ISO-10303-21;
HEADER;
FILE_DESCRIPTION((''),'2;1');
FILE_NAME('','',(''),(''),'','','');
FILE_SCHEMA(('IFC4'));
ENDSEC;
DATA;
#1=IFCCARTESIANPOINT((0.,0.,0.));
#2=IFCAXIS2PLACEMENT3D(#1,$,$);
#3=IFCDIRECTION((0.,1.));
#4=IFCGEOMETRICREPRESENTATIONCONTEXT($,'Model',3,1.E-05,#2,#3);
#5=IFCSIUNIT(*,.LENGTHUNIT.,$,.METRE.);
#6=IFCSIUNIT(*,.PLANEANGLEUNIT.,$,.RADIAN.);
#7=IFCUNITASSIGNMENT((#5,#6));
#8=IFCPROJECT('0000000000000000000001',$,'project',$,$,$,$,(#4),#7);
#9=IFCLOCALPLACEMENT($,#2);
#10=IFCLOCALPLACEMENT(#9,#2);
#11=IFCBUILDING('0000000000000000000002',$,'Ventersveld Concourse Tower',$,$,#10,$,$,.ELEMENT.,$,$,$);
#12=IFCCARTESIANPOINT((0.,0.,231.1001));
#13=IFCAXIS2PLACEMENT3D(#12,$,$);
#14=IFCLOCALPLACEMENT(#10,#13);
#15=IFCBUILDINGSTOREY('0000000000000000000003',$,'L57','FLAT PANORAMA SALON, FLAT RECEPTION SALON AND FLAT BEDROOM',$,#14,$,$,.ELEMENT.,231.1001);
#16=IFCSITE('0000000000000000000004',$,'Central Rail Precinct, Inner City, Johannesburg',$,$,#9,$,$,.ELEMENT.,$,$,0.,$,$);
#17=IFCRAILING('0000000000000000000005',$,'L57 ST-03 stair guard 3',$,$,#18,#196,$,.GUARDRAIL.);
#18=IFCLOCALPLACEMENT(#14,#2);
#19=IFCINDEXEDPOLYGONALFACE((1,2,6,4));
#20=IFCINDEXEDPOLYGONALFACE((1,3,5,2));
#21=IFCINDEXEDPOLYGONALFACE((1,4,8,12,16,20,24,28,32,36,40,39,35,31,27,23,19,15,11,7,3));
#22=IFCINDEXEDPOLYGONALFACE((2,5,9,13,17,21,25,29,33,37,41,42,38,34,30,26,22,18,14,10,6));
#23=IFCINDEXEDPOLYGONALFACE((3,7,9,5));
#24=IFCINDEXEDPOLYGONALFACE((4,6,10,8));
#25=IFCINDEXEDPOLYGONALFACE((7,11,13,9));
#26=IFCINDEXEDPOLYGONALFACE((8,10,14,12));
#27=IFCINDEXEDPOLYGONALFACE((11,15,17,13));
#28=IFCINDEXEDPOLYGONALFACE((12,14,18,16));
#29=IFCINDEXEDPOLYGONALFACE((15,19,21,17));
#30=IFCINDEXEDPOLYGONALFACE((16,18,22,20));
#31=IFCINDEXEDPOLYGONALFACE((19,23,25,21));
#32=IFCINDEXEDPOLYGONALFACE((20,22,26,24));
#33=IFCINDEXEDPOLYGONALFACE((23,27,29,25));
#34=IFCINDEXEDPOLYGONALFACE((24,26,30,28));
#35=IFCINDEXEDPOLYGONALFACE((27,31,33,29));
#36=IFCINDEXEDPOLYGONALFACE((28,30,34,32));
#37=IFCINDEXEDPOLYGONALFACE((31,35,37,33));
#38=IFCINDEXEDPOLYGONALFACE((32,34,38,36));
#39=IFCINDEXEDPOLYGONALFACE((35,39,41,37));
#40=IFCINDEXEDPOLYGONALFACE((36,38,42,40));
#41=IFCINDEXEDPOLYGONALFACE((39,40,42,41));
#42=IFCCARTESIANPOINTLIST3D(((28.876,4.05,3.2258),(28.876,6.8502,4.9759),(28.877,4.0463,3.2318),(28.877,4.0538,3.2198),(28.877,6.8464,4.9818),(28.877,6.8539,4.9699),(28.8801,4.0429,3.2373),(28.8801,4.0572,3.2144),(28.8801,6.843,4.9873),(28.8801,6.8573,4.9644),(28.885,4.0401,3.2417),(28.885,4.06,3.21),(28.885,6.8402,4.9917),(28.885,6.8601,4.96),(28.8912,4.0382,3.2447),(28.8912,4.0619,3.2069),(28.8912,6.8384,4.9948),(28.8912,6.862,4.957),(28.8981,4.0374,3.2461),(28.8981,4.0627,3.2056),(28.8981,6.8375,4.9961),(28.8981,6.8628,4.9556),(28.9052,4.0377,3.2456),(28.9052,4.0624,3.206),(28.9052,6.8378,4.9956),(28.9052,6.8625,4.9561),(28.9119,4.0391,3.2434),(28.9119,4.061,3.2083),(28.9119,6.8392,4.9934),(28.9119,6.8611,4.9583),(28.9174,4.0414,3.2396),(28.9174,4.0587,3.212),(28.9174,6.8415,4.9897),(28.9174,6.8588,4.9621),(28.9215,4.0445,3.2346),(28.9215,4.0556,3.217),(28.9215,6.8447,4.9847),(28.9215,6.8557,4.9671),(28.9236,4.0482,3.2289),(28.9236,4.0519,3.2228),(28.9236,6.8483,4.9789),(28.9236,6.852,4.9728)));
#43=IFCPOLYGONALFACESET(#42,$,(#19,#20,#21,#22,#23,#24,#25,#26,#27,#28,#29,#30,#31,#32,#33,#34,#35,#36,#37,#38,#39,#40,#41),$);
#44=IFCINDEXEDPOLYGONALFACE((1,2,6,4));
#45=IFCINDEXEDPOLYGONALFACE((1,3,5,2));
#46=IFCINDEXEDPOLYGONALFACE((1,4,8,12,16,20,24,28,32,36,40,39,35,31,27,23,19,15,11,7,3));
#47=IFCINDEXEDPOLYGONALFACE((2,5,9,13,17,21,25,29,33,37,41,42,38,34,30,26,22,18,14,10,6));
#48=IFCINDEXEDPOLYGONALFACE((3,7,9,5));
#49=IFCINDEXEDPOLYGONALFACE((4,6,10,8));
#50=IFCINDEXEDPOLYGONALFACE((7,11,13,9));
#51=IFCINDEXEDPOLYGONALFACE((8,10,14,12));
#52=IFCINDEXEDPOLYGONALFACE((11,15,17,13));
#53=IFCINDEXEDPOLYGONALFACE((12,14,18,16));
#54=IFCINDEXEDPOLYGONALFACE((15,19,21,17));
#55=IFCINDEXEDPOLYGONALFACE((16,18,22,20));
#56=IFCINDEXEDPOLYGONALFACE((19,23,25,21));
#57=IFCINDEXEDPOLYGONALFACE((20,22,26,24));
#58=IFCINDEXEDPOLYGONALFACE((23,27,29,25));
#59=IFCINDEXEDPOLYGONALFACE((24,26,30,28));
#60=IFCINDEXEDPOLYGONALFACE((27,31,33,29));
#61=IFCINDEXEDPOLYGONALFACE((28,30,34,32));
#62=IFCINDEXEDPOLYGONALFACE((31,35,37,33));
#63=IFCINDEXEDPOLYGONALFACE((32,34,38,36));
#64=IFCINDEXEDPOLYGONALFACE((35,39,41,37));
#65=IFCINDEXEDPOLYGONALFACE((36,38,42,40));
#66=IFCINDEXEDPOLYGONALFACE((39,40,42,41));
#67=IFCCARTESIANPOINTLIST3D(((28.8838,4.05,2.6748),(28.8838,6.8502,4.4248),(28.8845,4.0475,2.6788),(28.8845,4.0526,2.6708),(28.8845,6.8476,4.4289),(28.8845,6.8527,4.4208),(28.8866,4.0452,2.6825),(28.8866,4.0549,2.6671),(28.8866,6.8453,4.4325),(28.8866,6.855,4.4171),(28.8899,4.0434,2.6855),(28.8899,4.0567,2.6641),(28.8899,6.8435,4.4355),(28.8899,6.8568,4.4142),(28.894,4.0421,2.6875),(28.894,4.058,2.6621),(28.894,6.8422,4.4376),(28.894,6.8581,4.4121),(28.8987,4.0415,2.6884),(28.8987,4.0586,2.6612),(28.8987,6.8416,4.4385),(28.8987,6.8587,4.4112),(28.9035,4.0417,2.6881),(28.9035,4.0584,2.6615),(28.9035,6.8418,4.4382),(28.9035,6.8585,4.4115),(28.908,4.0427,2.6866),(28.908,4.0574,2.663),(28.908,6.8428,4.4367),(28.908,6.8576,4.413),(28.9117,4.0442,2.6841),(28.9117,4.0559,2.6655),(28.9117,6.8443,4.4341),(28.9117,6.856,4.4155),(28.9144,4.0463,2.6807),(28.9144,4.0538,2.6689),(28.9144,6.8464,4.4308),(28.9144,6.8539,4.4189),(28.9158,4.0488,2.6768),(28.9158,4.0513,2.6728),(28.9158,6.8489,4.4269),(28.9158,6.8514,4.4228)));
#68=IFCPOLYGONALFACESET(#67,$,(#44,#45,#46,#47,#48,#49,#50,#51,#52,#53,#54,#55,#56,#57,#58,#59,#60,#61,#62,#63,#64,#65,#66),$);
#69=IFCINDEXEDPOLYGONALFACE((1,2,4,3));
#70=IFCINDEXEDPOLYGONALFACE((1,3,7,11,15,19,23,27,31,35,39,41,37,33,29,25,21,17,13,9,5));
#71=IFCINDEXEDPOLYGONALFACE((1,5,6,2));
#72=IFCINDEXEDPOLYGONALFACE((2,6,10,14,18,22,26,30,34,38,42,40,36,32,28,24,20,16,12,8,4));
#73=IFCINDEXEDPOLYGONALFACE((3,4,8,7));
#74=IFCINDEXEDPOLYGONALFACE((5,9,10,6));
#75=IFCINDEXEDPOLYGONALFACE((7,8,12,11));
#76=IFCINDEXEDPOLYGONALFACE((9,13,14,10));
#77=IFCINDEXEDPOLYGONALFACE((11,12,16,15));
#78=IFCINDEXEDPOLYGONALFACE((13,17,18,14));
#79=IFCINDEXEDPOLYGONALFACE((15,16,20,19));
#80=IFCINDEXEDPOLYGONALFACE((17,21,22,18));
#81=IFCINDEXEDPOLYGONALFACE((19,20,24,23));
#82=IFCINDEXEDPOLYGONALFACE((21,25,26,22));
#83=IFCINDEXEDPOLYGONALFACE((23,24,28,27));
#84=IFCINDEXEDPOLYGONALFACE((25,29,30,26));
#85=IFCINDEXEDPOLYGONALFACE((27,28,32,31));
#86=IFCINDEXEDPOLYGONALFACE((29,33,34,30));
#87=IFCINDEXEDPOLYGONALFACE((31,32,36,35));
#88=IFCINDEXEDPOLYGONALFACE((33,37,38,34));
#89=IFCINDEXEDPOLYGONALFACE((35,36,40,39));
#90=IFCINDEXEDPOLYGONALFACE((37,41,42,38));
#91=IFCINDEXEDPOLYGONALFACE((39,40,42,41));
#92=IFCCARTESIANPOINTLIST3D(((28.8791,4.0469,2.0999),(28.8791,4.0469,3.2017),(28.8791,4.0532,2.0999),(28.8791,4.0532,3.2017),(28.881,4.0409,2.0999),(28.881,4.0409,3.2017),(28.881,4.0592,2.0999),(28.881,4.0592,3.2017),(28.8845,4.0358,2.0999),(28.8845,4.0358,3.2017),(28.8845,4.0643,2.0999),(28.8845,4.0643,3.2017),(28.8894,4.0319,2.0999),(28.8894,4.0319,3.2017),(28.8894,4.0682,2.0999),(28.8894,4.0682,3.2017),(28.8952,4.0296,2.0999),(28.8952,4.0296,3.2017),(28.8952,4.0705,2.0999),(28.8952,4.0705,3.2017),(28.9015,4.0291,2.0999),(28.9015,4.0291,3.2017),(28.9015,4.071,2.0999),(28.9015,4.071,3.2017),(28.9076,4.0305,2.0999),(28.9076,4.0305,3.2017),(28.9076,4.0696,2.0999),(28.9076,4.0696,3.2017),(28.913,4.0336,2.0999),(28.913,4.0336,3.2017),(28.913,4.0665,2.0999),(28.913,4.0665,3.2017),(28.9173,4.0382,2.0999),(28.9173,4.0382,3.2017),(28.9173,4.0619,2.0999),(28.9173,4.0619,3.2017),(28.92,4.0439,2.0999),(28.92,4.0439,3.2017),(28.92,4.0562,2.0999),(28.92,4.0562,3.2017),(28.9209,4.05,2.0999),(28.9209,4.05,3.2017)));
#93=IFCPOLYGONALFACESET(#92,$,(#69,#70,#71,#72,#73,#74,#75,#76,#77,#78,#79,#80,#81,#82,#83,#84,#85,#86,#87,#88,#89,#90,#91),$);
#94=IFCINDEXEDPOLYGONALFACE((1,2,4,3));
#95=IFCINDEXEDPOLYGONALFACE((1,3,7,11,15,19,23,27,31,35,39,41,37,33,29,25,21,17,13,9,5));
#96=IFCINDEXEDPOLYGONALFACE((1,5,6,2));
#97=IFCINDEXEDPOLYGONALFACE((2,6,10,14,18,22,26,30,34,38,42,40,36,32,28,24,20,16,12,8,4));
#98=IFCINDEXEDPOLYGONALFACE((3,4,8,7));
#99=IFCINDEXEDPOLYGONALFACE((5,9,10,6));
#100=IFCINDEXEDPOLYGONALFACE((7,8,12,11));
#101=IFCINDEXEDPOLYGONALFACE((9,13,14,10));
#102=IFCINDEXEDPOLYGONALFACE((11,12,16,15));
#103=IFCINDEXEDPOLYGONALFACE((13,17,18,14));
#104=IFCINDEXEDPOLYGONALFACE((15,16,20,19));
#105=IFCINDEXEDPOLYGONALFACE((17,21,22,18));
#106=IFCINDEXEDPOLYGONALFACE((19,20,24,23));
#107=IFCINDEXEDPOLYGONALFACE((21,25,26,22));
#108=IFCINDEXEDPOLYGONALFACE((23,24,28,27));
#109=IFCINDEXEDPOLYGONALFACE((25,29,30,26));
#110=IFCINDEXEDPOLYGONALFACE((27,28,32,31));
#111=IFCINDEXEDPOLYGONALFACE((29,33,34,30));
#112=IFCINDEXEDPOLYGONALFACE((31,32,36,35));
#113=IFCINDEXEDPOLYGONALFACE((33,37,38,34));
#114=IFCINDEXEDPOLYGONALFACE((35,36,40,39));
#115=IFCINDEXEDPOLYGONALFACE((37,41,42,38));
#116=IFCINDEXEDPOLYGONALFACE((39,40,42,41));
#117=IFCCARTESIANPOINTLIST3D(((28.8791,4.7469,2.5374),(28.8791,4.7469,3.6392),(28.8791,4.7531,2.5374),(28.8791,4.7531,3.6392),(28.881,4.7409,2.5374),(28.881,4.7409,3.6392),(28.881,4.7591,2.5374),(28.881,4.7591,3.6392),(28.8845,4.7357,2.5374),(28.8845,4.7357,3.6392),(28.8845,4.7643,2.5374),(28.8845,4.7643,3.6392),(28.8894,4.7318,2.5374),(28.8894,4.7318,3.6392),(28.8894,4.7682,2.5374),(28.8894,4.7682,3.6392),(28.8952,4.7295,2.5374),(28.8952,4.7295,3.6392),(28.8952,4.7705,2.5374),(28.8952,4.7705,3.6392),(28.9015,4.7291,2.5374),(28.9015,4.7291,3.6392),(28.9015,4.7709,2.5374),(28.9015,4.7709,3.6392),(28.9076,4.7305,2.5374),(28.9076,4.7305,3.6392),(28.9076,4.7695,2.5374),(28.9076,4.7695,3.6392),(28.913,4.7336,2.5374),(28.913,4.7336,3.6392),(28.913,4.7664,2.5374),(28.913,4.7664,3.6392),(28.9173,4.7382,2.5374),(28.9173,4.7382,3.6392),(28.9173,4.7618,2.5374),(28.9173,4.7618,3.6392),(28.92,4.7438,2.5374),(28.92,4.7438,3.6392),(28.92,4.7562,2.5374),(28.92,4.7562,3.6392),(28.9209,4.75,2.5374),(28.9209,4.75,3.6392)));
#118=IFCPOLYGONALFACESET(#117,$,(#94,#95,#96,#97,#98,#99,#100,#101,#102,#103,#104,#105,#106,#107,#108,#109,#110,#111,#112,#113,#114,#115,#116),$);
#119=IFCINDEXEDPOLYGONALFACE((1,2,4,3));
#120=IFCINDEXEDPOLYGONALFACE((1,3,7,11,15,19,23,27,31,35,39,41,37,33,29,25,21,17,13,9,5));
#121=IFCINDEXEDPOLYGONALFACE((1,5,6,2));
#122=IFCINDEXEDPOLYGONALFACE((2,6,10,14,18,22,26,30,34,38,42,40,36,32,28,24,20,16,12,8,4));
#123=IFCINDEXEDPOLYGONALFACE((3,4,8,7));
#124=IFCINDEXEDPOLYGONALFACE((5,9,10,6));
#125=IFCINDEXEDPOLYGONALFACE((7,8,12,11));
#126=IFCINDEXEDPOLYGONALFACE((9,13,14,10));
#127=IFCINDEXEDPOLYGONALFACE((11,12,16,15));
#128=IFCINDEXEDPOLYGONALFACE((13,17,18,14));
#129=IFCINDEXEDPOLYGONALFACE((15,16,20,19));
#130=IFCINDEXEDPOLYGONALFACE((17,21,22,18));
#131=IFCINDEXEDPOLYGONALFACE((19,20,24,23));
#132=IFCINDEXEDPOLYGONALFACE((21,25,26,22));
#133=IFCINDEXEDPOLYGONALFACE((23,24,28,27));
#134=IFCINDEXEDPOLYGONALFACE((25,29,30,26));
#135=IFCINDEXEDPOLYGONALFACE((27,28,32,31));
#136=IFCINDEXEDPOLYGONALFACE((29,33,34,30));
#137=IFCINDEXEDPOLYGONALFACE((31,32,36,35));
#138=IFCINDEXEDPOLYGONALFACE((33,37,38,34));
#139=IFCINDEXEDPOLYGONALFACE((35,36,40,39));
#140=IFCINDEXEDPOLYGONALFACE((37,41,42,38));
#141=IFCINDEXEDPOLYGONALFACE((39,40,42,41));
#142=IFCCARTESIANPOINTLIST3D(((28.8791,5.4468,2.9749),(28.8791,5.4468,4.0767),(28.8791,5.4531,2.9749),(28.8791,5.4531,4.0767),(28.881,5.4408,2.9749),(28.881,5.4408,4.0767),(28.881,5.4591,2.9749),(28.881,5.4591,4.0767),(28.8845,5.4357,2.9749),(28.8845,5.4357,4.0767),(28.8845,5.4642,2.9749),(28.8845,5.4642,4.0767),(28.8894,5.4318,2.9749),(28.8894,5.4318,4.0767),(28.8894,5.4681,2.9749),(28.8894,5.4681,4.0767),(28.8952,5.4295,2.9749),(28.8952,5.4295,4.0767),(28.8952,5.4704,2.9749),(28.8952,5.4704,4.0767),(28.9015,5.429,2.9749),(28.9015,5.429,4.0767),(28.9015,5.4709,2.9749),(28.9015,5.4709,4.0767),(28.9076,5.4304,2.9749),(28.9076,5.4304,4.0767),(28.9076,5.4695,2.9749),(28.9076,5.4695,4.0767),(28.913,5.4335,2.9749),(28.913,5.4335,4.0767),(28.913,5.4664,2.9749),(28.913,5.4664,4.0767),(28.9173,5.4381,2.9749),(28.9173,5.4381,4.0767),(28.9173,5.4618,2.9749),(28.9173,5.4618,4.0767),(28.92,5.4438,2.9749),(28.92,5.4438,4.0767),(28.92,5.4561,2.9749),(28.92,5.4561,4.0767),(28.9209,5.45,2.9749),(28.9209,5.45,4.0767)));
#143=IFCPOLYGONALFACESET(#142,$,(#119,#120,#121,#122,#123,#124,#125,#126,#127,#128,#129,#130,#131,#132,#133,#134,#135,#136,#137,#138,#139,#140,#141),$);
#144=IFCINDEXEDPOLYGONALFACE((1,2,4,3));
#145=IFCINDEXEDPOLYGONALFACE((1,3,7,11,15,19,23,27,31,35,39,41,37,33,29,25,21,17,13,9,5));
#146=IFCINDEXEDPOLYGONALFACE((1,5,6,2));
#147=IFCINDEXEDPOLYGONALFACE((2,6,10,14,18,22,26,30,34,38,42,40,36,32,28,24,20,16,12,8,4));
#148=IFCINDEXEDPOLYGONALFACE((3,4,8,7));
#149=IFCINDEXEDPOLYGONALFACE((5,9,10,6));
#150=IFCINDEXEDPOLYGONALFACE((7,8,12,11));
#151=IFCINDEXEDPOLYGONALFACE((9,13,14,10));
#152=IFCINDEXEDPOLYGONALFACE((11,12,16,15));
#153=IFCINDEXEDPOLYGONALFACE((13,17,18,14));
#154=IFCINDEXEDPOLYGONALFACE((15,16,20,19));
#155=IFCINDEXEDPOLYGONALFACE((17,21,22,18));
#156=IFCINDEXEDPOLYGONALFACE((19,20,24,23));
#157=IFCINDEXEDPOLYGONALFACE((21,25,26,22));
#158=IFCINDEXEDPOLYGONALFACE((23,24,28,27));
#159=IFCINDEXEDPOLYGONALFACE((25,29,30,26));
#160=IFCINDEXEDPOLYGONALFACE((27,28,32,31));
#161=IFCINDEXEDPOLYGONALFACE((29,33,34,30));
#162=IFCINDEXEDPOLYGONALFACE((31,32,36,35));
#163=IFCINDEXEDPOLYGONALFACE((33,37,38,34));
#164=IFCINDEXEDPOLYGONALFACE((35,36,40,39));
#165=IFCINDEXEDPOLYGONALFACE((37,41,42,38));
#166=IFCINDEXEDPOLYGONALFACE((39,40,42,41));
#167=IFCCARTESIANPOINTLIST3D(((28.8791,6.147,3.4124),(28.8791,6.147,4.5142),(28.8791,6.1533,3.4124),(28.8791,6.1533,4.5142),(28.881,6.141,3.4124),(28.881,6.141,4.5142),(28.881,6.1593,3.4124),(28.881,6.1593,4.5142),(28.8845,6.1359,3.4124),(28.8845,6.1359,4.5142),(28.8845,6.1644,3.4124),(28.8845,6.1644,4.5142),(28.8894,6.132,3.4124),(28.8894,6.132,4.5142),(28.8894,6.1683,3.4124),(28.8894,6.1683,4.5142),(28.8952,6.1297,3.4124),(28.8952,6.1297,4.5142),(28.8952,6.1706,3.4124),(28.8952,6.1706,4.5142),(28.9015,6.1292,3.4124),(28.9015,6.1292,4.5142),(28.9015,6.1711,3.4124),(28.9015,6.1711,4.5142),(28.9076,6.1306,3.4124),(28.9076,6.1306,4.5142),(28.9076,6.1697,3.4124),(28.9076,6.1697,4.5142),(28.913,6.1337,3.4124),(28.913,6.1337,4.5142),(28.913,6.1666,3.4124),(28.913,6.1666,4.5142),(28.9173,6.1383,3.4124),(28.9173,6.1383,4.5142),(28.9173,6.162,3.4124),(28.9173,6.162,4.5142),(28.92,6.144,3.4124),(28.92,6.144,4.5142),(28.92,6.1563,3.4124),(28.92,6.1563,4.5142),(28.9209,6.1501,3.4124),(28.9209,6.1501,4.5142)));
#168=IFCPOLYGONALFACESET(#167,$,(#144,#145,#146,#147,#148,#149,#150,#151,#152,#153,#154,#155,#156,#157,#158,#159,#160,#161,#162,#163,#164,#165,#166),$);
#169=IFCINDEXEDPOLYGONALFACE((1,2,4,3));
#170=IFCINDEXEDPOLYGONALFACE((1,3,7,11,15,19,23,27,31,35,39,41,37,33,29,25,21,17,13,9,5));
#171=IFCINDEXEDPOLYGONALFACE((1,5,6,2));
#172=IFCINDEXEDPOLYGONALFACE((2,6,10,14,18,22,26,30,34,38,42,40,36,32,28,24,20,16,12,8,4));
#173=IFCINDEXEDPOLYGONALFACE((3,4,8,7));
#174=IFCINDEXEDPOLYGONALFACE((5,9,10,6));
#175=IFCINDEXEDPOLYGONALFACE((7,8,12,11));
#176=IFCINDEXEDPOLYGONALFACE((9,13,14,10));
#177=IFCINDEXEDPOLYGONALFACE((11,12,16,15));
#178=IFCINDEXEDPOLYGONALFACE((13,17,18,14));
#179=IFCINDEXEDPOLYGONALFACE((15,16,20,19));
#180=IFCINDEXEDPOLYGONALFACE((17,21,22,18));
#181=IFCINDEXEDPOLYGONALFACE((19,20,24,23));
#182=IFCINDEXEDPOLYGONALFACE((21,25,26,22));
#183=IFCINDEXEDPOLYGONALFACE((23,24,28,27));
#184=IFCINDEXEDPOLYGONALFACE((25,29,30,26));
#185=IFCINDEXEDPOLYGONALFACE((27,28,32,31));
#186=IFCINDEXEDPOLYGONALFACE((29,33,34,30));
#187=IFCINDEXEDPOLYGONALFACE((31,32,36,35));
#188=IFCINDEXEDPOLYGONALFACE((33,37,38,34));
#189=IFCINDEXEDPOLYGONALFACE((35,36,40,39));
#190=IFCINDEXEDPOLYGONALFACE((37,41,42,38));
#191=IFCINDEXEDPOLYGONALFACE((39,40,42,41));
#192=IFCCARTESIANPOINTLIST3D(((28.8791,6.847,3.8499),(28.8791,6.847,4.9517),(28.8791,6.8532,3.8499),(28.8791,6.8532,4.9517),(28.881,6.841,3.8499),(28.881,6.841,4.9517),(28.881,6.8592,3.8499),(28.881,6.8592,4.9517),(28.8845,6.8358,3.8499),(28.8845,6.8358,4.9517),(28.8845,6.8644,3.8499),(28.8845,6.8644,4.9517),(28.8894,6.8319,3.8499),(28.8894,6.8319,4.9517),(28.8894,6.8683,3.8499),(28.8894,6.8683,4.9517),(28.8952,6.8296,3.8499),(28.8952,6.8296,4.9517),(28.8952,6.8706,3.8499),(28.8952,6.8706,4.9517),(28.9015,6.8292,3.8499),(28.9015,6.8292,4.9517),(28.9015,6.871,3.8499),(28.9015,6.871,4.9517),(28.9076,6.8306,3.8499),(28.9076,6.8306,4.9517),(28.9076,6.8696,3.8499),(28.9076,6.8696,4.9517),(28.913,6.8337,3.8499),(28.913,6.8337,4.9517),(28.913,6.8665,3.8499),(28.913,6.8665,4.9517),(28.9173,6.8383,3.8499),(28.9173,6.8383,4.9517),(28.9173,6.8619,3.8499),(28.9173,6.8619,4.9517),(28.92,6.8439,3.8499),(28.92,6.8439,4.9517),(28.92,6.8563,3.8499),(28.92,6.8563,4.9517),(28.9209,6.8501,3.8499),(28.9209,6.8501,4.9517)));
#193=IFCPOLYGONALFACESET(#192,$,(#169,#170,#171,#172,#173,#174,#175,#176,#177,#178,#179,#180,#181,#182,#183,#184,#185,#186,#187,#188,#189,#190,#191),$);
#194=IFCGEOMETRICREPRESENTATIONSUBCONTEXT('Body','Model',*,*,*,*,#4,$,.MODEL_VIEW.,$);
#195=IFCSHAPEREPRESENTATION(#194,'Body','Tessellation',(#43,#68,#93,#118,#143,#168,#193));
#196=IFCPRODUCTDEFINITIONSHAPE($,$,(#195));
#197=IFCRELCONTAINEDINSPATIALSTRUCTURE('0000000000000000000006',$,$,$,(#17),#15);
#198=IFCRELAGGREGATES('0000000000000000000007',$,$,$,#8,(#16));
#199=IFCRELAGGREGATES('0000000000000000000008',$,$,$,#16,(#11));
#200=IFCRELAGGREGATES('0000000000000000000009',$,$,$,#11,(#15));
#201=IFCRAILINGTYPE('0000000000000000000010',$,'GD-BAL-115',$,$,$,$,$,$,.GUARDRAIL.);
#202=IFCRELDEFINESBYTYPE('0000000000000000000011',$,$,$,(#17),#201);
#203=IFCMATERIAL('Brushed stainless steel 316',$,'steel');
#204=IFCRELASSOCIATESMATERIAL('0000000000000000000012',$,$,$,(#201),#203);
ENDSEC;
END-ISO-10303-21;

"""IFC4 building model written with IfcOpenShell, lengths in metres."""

from ifc_helpers import new_model, si_unit, direction, frame, origin, origin_2d, place, context, subcontext, project, spatial, circle, extrude, material, type_object, element, save


model = new_model("IFC4")

# Units and contexts
model_context = context("Model", 3, precision=1e-05, world=origin(), true_north=direction((0.0, 1.0)))
body_context = subcontext(model_context, "Body", "Model", "MODEL_VIEW")
ifc_project = project(units=[si_unit("LENGTHUNIT", "METRE"), si_unit("PLANEANGLEUNIT", "RADIAN")], contexts=[model_context])

# Site, building, storey
site_placement = place(None, origin())
site = spatial("IfcSite", under=ifc_project, at=site_placement, Name="Central Rail Precinct, Inner City, Johannesburg", CompositionType="ELEMENT", RefElevation=0.0)
building_placement = place(site_placement, origin())
building = spatial("IfcBuilding", under=site, at=building_placement, Name="Ventersveld Concourse Tower", CompositionType="ELEMENT")
storey_placement = place(building_placement, frame((0.0, 0.0, 231.1001)))
storey = spatial("IfcBuildingStorey", under=building, at=storey_placement, Name="L57", Description="FLAT PANORAMA SALON, FLAT RECEPTION SALON AND FLAT BEDROOM", CompositionType="ELEMENT", Elevation=231.1001)

# Railing
ifc_material_1 = material(Name="Brushed stainless steel 316", Category="steel")
railing_type_1 = type_object("IfcRailingType", Name="GD-BAL-115", PredefinedType="GUARDRAIL", material=ifc_material_1)
railing_1_placement = place(storey_placement, frame((28.8999, 4.05, 2.0999)))
element("IfcRailing", 1, at=railing_1_placement, inside=storey, type_object=railing_type_1, Name="L57 ST-03 stair guard 3", PredefinedType="GUARDRAIL", context=body_context, shape_type="SweptSolid", body=[
    extrude(circle(Radius=0.0239, at=origin_2d()), frame((0.0, 0.0, 1.126), z_axis=(0.0, 0.848002, 0.529992), x_axis=(-1.0, 0.0, 0.0)), (0.0, 0.0, 1.0), 3.302),
    extrude(circle(Radius=0.0161, at=origin_2d()), frame((0.0, 0.0, 0.575), z_axis=(0.0, 0.848002, 0.529992), x_axis=(-1.0, 0.0, 0.0)), (0.0, 0.0, 1.0), 3.302),
    extrude(circle(Radius=0.021, at=origin_2d()), origin(), (0.0, 0.0, 1.0), 1.1018),
    extrude(circle(Radius=0.021, at=origin_2d()), frame((0.0, 0.7, 0.4375)), (0.0, 0.0, 1.0), 1.1018),
    extrude(circle(Radius=0.021, at=origin_2d()), frame((0.0, 1.3999, 0.875)), (0.0, 0.0, 1.0), 1.1018),
    extrude(circle(Radius=0.021, at=origin_2d()), frame((0.0, 2.1001, 1.3125)), (0.0, 0.0, 1.0), 1.1018),
    extrude(circle(Radius=0.021, at=origin_2d()), frame((0.0, 2.8, 1.75)), (0.0, 0.0, 1.0), 1.1018),
])

save(model, "model.ifc")
